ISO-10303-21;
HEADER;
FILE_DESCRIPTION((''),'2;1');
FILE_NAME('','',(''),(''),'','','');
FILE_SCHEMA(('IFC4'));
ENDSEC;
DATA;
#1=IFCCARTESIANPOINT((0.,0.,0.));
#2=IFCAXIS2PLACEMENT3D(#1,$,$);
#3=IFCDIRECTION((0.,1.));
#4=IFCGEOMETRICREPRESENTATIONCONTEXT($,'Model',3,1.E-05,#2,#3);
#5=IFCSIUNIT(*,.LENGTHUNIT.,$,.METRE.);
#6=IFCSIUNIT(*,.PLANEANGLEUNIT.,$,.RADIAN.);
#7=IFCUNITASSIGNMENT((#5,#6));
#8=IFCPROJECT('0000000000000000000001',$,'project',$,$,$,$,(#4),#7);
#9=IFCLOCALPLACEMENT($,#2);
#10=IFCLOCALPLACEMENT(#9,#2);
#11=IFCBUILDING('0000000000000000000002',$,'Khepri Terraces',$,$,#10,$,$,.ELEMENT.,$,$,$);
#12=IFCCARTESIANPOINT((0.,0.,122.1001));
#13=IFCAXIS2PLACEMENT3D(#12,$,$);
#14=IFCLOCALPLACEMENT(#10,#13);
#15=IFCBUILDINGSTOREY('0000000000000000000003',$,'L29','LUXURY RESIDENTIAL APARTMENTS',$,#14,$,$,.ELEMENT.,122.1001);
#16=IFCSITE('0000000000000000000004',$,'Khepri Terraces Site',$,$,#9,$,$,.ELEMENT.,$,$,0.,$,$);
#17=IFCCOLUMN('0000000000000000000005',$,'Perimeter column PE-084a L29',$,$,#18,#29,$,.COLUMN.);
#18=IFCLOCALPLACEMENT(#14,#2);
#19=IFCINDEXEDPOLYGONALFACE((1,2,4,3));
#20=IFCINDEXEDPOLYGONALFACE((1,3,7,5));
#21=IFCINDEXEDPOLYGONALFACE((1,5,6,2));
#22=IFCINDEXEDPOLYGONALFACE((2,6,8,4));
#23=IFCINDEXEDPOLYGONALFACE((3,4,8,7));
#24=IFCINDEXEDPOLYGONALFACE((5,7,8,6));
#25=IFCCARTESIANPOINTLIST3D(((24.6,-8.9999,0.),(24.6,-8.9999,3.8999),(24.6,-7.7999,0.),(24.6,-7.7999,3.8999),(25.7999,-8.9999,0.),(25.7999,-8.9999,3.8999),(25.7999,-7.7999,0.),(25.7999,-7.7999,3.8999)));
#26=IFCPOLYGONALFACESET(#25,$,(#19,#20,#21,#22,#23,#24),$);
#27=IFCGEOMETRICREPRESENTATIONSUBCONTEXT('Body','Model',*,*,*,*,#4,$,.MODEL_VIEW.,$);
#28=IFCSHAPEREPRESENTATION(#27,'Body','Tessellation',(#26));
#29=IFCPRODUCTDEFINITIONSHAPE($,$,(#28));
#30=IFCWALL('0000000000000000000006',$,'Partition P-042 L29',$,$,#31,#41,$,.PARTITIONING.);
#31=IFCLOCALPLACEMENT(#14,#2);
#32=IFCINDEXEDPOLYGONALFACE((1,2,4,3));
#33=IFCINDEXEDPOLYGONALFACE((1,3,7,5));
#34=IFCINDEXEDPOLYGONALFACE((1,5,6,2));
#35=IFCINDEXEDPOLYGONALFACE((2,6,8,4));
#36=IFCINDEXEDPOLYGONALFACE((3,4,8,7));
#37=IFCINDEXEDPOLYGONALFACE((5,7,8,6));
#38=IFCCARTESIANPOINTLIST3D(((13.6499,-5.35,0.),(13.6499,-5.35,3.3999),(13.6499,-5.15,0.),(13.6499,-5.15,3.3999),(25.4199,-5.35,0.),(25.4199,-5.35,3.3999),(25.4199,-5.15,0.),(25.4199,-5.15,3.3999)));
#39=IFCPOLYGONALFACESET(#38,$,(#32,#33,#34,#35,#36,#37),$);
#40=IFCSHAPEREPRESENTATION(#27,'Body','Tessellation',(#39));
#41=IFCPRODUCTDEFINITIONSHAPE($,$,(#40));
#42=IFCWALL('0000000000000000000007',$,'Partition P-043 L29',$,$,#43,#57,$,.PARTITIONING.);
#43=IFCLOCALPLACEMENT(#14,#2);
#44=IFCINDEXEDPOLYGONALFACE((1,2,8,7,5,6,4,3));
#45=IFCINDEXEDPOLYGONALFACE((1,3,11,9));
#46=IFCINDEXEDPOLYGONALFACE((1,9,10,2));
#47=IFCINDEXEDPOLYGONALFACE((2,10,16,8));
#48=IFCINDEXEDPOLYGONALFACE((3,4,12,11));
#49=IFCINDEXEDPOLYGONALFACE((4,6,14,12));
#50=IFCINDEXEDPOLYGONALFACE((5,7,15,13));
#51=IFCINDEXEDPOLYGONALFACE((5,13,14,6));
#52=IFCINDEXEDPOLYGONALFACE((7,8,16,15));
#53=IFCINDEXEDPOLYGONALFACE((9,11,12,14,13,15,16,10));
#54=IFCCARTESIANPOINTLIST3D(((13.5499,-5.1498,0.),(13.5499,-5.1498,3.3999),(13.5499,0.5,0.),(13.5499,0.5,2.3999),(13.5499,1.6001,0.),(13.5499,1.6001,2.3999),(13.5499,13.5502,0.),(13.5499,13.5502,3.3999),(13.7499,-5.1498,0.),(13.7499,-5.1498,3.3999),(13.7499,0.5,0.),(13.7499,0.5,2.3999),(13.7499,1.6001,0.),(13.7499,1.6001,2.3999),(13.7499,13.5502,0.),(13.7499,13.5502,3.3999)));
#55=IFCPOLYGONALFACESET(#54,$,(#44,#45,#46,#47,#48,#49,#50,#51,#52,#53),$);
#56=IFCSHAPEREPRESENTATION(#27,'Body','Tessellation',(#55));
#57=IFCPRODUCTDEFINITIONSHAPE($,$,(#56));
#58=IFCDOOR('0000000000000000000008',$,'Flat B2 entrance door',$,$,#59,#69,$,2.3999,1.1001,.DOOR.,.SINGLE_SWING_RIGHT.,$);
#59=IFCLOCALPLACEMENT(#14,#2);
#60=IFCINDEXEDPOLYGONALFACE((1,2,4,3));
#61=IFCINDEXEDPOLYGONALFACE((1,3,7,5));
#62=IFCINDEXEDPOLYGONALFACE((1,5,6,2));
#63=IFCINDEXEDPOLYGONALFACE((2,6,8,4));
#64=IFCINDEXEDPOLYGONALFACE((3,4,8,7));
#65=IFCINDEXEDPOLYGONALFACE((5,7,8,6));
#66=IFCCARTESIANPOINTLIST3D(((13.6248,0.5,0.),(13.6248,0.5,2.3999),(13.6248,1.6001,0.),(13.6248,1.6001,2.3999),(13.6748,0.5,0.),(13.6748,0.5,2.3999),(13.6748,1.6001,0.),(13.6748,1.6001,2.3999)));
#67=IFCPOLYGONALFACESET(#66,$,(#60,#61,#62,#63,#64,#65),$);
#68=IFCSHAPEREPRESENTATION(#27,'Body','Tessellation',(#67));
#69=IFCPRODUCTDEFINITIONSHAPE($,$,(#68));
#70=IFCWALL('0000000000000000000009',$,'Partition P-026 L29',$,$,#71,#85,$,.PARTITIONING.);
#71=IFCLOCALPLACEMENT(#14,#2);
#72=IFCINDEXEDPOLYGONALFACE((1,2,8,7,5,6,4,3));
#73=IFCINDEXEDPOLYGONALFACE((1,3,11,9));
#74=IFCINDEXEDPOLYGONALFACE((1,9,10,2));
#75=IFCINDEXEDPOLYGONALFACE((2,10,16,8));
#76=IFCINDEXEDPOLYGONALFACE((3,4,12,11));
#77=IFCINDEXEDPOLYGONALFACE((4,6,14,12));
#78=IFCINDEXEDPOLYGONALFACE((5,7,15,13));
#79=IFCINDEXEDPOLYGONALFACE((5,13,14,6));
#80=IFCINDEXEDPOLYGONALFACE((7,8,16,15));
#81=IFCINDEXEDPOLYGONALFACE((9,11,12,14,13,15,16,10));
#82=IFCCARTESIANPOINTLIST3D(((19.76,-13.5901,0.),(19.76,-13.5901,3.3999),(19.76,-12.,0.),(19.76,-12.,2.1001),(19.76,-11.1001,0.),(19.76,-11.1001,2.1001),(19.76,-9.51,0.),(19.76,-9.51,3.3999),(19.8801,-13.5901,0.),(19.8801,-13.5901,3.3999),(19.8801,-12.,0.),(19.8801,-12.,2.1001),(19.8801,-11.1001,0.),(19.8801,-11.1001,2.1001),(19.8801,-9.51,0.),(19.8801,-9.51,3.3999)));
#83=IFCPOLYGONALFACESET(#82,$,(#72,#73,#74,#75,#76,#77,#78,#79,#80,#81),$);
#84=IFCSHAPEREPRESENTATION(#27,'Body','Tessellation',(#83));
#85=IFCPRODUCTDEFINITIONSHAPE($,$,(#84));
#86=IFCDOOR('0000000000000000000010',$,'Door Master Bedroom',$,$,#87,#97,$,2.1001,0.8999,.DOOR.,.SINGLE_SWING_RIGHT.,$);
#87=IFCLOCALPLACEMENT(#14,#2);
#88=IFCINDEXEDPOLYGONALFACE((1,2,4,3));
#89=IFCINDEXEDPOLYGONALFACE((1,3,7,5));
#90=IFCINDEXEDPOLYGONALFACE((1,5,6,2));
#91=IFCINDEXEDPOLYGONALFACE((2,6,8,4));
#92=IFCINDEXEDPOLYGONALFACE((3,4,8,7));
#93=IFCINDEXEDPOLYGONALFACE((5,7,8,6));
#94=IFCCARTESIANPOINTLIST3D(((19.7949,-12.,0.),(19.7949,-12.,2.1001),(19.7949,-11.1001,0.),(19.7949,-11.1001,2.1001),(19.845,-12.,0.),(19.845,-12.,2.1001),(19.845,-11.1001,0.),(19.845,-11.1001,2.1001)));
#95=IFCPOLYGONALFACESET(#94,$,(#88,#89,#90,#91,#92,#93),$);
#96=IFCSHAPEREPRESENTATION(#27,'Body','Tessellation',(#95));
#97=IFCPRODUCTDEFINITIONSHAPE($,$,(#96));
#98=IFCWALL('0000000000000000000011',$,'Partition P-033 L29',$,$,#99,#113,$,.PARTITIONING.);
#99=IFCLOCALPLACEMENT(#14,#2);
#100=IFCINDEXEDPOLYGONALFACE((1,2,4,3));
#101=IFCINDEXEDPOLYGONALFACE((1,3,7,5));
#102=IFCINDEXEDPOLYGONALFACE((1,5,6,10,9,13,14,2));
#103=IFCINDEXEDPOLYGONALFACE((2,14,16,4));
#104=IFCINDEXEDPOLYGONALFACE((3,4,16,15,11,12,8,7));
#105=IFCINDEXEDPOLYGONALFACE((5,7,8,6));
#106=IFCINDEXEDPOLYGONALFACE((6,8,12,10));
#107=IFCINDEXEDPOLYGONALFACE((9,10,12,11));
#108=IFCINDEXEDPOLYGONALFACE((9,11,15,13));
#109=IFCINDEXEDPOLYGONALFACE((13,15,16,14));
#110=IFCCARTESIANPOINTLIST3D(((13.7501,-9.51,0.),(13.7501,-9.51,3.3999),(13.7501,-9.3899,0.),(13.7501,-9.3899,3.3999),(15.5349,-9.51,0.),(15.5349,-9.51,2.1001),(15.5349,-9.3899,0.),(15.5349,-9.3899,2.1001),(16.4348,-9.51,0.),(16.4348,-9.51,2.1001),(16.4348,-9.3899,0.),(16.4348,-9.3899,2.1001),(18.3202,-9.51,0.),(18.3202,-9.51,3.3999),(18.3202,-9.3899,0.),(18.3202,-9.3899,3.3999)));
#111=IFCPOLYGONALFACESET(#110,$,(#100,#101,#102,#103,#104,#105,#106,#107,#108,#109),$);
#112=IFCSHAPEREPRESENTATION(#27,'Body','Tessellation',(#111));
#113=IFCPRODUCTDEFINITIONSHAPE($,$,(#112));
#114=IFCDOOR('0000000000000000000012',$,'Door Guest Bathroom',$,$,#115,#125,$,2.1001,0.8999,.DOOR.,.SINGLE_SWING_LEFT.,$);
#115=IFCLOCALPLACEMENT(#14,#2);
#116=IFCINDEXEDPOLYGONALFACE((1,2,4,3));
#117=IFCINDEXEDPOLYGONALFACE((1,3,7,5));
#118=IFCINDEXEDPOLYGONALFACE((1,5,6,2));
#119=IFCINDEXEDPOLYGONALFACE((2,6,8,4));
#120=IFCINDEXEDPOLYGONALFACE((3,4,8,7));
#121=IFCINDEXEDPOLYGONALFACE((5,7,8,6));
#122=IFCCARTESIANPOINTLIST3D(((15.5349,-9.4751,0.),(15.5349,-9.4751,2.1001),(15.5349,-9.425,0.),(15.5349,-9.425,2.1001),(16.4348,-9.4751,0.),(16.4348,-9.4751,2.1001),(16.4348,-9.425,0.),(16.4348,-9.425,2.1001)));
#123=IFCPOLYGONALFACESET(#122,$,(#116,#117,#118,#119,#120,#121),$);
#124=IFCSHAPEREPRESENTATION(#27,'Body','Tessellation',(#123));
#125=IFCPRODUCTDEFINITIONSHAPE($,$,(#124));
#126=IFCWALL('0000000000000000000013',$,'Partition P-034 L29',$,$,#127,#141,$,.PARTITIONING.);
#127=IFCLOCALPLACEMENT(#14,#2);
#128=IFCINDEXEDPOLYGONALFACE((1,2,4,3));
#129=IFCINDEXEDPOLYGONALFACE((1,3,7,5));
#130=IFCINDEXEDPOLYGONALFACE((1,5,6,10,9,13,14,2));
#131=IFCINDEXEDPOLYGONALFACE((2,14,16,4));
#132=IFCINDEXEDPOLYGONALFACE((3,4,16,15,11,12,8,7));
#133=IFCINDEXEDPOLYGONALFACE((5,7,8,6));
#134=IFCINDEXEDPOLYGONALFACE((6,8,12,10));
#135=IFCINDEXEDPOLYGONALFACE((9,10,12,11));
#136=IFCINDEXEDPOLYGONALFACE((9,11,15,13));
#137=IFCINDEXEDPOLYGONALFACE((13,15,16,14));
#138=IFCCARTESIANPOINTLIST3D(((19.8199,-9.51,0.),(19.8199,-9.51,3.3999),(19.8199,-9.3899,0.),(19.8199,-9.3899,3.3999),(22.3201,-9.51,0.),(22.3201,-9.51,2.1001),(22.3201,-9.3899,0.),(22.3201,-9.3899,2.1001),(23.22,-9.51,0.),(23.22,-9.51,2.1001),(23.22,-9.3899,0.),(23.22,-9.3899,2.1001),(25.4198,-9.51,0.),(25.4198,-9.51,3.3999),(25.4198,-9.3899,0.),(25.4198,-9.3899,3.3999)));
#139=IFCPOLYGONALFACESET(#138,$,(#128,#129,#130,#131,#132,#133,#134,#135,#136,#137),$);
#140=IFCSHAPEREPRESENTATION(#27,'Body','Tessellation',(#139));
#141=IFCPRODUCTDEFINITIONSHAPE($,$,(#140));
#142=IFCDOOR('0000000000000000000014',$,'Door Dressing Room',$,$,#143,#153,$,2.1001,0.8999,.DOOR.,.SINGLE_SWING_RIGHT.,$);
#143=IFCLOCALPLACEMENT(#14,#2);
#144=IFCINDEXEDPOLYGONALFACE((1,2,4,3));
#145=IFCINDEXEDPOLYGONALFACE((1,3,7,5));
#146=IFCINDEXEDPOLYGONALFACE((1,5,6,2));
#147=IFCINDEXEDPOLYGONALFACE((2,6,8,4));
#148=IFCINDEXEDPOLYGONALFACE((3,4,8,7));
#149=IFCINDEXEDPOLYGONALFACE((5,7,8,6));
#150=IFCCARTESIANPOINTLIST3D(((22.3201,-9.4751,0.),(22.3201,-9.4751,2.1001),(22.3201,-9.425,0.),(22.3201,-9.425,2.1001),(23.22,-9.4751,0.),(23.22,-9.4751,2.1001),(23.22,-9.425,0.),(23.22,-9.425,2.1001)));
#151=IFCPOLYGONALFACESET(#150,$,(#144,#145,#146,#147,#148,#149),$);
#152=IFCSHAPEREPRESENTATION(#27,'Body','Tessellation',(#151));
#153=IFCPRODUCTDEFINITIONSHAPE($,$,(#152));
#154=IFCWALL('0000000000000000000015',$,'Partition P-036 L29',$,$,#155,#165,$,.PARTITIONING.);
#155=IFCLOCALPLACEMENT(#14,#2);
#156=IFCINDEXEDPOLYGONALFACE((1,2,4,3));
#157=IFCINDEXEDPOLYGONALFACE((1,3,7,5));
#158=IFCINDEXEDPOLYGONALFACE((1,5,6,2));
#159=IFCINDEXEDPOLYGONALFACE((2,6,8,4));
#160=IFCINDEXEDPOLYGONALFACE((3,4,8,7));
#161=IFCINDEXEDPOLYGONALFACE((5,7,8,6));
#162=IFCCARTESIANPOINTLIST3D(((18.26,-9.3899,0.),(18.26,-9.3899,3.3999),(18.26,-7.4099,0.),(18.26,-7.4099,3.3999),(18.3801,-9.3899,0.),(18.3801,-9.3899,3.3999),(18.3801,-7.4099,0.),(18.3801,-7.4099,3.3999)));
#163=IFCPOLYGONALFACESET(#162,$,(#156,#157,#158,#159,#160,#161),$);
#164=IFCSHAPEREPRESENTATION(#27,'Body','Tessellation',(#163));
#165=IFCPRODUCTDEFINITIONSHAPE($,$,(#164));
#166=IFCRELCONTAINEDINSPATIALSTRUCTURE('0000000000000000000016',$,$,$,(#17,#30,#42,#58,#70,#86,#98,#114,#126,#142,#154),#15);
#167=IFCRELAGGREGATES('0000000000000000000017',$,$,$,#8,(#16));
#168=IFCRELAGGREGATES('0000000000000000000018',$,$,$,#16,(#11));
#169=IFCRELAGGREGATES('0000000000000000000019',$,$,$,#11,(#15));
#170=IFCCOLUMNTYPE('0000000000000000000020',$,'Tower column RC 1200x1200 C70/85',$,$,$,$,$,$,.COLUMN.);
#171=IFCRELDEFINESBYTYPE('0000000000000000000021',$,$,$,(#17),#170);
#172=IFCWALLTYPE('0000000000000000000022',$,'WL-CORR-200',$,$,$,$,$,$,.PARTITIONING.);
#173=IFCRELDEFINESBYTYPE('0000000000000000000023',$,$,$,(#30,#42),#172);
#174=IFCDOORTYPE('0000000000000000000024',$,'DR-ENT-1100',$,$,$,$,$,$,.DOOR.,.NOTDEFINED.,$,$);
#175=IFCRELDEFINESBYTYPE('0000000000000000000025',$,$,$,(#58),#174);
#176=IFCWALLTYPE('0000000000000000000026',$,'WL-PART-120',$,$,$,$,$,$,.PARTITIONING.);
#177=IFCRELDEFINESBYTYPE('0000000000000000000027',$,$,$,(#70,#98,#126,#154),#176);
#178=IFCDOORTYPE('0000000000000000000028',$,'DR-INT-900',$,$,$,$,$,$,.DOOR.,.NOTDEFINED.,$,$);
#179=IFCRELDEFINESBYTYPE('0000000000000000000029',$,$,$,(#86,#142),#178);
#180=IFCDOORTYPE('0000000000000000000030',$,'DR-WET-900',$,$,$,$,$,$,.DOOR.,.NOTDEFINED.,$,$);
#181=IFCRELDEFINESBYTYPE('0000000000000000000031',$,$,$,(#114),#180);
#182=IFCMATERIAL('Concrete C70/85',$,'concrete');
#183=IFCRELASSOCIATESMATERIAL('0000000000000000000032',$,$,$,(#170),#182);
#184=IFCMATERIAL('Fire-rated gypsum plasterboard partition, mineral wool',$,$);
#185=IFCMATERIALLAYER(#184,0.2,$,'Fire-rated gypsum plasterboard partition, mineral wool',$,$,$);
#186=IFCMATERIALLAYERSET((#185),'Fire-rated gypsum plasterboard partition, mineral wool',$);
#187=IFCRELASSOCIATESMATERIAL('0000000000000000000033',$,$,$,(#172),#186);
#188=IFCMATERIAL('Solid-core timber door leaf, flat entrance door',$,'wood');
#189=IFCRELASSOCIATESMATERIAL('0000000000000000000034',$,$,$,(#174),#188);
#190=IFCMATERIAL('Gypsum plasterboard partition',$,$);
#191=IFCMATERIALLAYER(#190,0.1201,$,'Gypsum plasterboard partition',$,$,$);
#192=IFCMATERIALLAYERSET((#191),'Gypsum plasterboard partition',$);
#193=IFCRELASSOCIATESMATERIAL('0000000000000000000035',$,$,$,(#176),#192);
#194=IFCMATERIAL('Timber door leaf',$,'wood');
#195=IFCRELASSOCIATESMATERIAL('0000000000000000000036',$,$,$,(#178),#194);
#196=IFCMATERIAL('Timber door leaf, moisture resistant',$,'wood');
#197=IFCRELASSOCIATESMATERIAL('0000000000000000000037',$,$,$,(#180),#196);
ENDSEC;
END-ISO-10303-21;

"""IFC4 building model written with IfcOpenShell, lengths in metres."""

from ifc_helpers import new_model, si_unit, direction, frame, frame_2d, origin, origin_2d, place, context, subcontext, project, spatial, rectangle, extrude, material, layer, layer_set, material_profile, profile_set, type_object, element, fill, save


model = new_model("IFC4")

# Units and contexts
model_context = context("Model", 3, precision=1e-05, world=origin(), true_north=direction((0.0, 1.0)))
body_context = subcontext(model_context, "Body", "Model", "MODEL_VIEW")
ifc_project = project(units=[si_unit("LENGTHUNIT", "METRE"), si_unit("PLANEANGLEUNIT", "RADIAN")], contexts=[model_context])

# Site, building, storey
site_placement = place(None, origin())
site = spatial("IfcSite", under=ifc_project, at=site_placement, Name="Khepri Terraces Site", CompositionType="ELEMENT", RefElevation=0.0)
building_placement = place(site_placement, origin())
building = spatial("IfcBuilding", under=site, at=building_placement, Name="Khepri Terraces", CompositionType="ELEMENT")
storey_placement = place(building_placement, frame((0.0, 0.0, 122.1001)))
storey = spatial("IfcBuildingStorey", under=building, at=storey_placement, Name="L29", Description="LUXURY RESIDENTIAL APARTMENTS", CompositionType="ELEMENT", Elevation=122.1001)

# Column
ifc_material_1 = material(Name="Concrete C70/85", Category="concrete")
ifc_material_profile = material_profile(ifc_material_1, rectangle(XDim=1.2, YDim=1.2, at=origin_2d()), Name="Concrete C70/85", Category="concrete")
ifc_profile_set = profile_set([ifc_material_profile], Name="Concrete C70/85")
column_type = type_object("IfcColumnType", Name="Tower column RC 1200x1200 C70/85", PredefinedType="COLUMN", material=ifc_profile_set)
column_placement = place(storey_placement, frame((25.2, -8.3999, 0.0), z_axis=(0.0, 0.0, 1.0), x_axis=(1.0, 0.0, 0.0)))
element("IfcColumn", 1, at=column_placement, inside=storey, type_object=column_type, Name="Perimeter column PE-084a L29", PredefinedType="COLUMN", context=body_context, shape_type="SweptSolid", body=[
    extrude(rectangle(XDim=1.2, YDim=1.2, at=origin_2d()), origin(), (0.0, 0.0, 1.0), 3.8999),
])

# Wall
ifc_material_2 = material(Name="Fire-rated gypsum plasterboard partition, mineral wool")
ifc_layer_1 = layer(ifc_material_2, 0.2, Name="Fire-rated gypsum plasterboard partition, mineral wool")
ifc_layer_set_1 = layer_set([ifc_layer_1], Name="Fire-rated gypsum plasterboard partition, mineral wool")
wall_type_1 = type_object("IfcWallType", Name="WL-CORR-200", PredefinedType="PARTITIONING", material=ifc_layer_set_1)
wall_1_placement = place(storey_placement, frame((13.6499, -5.25, 0.0), z_axis=(0.0, 0.0, 1.0), x_axis=(1.0, 0.0, 0.0)))
element("IfcWall", 2, at=wall_1_placement, inside=storey, type_object=wall_type_1, Name="Partition P-042 L29", PredefinedType="PARTITIONING", context=body_context, shape_type="SweptSolid", body=[
    extrude(rectangle(XDim=11.77, YDim=0.2, at=frame_2d((5.885, 0.0))), origin(), (0.0, 0.0, 1.0), 3.3999),
])

# Wall, opening, door
wall_2_placement = place(storey_placement, frame((13.6499, -5.1499, 0.0), z_axis=(0.0, 0.0, 1.0), x_axis=(0.0, 1.0, 0.0)))
wall_2 = element("IfcWall", 3, at=wall_2_placement, inside=storey, type_object=wall_type_1, Name="Partition P-043 L29", PredefinedType="PARTITIONING", context=body_context, shape_type="SweptSolid", body=[
    extrude(rectangle(XDim=18.7, YDim=0.2, at=frame_2d((9.3501, 0.0))), origin(), (0.0, 0.0, 1.0), 3.3999),
])
opening_1_placement = place(wall_2_placement, frame((5.6499, 0.0, 0.0)))
opening_1 = element("IfcOpeningElement", 4, at=opening_1_placement, cuts=wall_2, PredefinedType="OPENING", context=body_context, shape_type="SweptSolid", body=[
    extrude(rectangle(XDim=1.1001, YDim=2.3999, at=frame_2d((0.55, 1.2))), frame((0.0, 0.1099, 0.0), z_axis=(0.0, -1.0, 0.0), x_axis=(1.0, 0.0, 0.0)), (0.0, 0.0, 1.0), 0.22),
])
ifc_material_3 = material(Name="Solid-core timber door leaf, flat entrance door", Category="wood")
door_type_1 = type_object("IfcDoorType", Name="DR-ENT-1100", OperationType="NOTDEFINED", PredefinedType="DOOR", material=ifc_material_3)
door_1_placement = place(opening_1_placement, frame((1.1001, 0.0, 0.0), z_axis=(0.0, 0.0, 1.0), x_axis=(-1.0, 0.0, 0.0)))
door_1 = element("IfcDoor", 5, at=door_1_placement, inside=storey, type_object=door_type_1, Name="Flat B2 entrance door", OperationType="SINGLE_SWING_RIGHT", OverallHeight=2.3999, OverallWidth=1.1001, PredefinedType="DOOR", context=body_context, shape_type="SweptSolid", body=[
    extrude(rectangle(XDim=1.1001, YDim=2.3999, at=frame_2d((0.55, 1.2))), frame((0.0, 0.0249, 0.0), z_axis=(0.0, -1.0, 0.0), x_axis=(1.0, 0.0, 0.0)), (0.0, 0.0, 1.0), 0.05),
])
fill(opening_1, door_1)

# Walls, openings, doors
ifc_material_4 = material(Name="Gypsum plasterboard partition")
ifc_layer_2 = layer(ifc_material_4, 0.1201, Name="Gypsum plasterboard partition")
ifc_layer_set_2 = layer_set([ifc_layer_2], Name="Gypsum plasterboard partition")
wall_type_2 = type_object("IfcWallType", Name="WL-PART-120", PredefinedType="PARTITIONING", material=ifc_layer_set_2)
wall_3_placement = place(storey_placement, frame((19.8201, -13.5901, 0.0), z_axis=(0.0, 0.0, 1.0), x_axis=(0.0, 1.0, 0.0)))
wall_3 = element("IfcWall", 6, at=wall_3_placement, inside=storey, type_object=wall_type_2, Name="Partition P-026 L29", PredefinedType="PARTITIONING", context=body_context, shape_type="SweptSolid", body=[
    extrude(rectangle(XDim=4.0801, YDim=0.1201, at=frame_2d((2.04, 0.0))), origin(), (0.0, 0.0, 1.0), 3.3999),
])
opening_2_placement = place(wall_3_placement, frame((1.5901, 0.0, 0.0)))
opening_2 = element("IfcOpeningElement", 7, at=opening_2_placement, cuts=wall_3, PredefinedType="OPENING", context=body_context, shape_type="SweptSolid", body=[
    extrude(rectangle(XDim=0.8999, YDim=2.1001, at=frame_2d((0.45, 1.05))), frame((0.0, 0.0701, 0.0), z_axis=(0.0, -1.0, 0.0), x_axis=(1.0, 0.0, 0.0)), (0.0, 0.0, 1.0), 0.1401),
])
ifc_material_5 = material(Name="Timber door leaf", Category="wood")
door_type_2 = type_object("IfcDoorType", Name="DR-INT-900", OperationType="NOTDEFINED", PredefinedType="DOOR", material=ifc_material_5)
door_2_placement = place(opening_2_placement, frame((0.8999, 0.0, 0.0), z_axis=(0.0, 0.0, 1.0), x_axis=(-1.0, 0.0, 0.0)))
door_2 = element("IfcDoor", 8, at=door_2_placement, inside=storey, type_object=door_type_2, Name="Door Master Bedroom", OperationType="SINGLE_SWING_RIGHT", OverallHeight=2.1001, OverallWidth=0.8999, PredefinedType="DOOR", context=body_context, shape_type="SweptSolid", body=[
    extrude(rectangle(XDim=0.8999, YDim=2.1001, at=frame_2d((0.45, 1.05))), frame((0.0, 0.0249, 0.0), z_axis=(0.0, -1.0, 0.0), x_axis=(1.0, 0.0, 0.0)), (0.0, 0.0, 1.0), 0.05),
])
fill(opening_2, door_2)
wall_4_placement = place(storey_placement, frame((13.75, -9.45, 0.0), z_axis=(0.0, 0.0, 1.0), x_axis=(1.0, 0.0, 0.0)))
wall_4 = element("IfcWall", 9, at=wall_4_placement, inside=storey, type_object=wall_type_2, Name="Partition P-033 L29", PredefinedType="PARTITIONING", context=body_context, shape_type="SweptSolid", body=[
    extrude(rectangle(XDim=4.5701, YDim=0.1201, at=frame_2d((2.2852, 0.0))), origin(), (0.0, 0.0, 1.0), 3.3999),
])
opening_3_placement = place(wall_4_placement, frame((1.7849, 0.0, 0.0)))
opening_3 = element("IfcOpeningElement", 10, at=opening_3_placement, cuts=wall_4, PredefinedType="OPENING", context=body_context, shape_type="SweptSolid", body=[
    extrude(rectangle(XDim=0.8999, YDim=2.1001, at=frame_2d((0.45, 1.05))), frame((0.0, 0.0701, 0.0), z_axis=(0.0, -1.0, 0.0), x_axis=(1.0, 0.0, 0.0)), (0.0, 0.0, 1.0), 0.1401),
])
ifc_material_6 = material(Name="Timber door leaf, moisture resistant", Category="wood")
door_type_3 = type_object("IfcDoorType", Name="DR-WET-900", OperationType="NOTDEFINED", PredefinedType="DOOR", material=ifc_material_6)
door_3_placement = place(opening_3_placement, origin())
door_3 = element("IfcDoor", 11, at=door_3_placement, inside=storey, type_object=door_type_3, Name="Door Guest Bathroom", OperationType="SINGLE_SWING_LEFT", OverallHeight=2.1001, OverallWidth=0.8999, PredefinedType="DOOR", context=body_context, shape_type="SweptSolid", body=[
    extrude(rectangle(XDim=0.8999, YDim=2.1001, at=frame_2d((0.45, 1.05))), frame((0.0, 0.0249, 0.0), z_axis=(0.0, -1.0, 0.0), x_axis=(1.0, 0.0, 0.0)), (0.0, 0.0, 1.0), 0.05),
])
fill(opening_3, door_3)
wall_5_placement = place(storey_placement, frame((19.8201, -9.45, 0.0), z_axis=(0.0, 0.0, 1.0), x_axis=(1.0, 0.0, 0.0)))
wall_5 = element("IfcWall", 12, at=wall_5_placement, inside=storey, type_object=wall_type_2, Name="Partition P-034 L29", PredefinedType="PARTITIONING", context=body_context, shape_type="SweptSolid", body=[
    extrude(rectangle(XDim=5.5999, YDim=0.1201, at=frame_2d((2.7998, 0.0))), origin(), (0.0, 0.0, 1.0), 3.3999),
])
opening_4_placement = place(wall_5_placement, frame((2.5, 0.0, 0.0)))
opening_4 = element("IfcOpeningElement", 13, at=opening_4_placement, cuts=wall_5, PredefinedType="OPENING", context=body_context, shape_type="SweptSolid", body=[
    extrude(rectangle(XDim=0.8999, YDim=2.1001, at=frame_2d((0.45, 1.05))), frame((0.0, 0.0701, 0.0), z_axis=(0.0, -1.0, 0.0), x_axis=(1.0, 0.0, 0.0)), (0.0, 0.0, 1.0), 0.1401),
])
door_4_placement = place(opening_4_placement, origin())
door_4 = element("IfcDoor", 14, at=door_4_placement, inside=storey, type_object=door_type_2, Name="Door Dressing Room", OperationType="SINGLE_SWING_RIGHT", OverallHeight=2.1001, OverallWidth=0.8999, PredefinedType="DOOR", context=body_context, shape_type="SweptSolid", body=[
    extrude(rectangle(XDim=0.8999, YDim=2.1001, at=frame_2d((0.45, 1.05))), frame((0.0, 0.0249, 0.0), z_axis=(0.0, -1.0, 0.0), x_axis=(1.0, 0.0, 0.0)), (0.0, 0.0, 1.0), 0.05),
])
fill(opening_4, door_4)

# Wall
for number, where, z_axis, x_axis, name in (
    (15, (18.3201, -9.3899, 0.0), (0.0, 0.0, 1.0), (0.0, 1.0, 0.0), "Partition P-036 L29"),
):
    element("IfcWall", number, at=place(storey_placement, frame(where, z_axis=z_axis, x_axis=x_axis)), inside=storey, type_object=wall_type_2, Name=name, PredefinedType="PARTITIONING", context=body_context, shape_type="SweptSolid", body=[
        extrude(rectangle(XDim=1.98, YDim=0.1201, at=frame_2d((0.99, 0.0))), origin(), (0.0, 0.0, 1.0), 3.3999),
    ])

save(model, "model.ifc")
